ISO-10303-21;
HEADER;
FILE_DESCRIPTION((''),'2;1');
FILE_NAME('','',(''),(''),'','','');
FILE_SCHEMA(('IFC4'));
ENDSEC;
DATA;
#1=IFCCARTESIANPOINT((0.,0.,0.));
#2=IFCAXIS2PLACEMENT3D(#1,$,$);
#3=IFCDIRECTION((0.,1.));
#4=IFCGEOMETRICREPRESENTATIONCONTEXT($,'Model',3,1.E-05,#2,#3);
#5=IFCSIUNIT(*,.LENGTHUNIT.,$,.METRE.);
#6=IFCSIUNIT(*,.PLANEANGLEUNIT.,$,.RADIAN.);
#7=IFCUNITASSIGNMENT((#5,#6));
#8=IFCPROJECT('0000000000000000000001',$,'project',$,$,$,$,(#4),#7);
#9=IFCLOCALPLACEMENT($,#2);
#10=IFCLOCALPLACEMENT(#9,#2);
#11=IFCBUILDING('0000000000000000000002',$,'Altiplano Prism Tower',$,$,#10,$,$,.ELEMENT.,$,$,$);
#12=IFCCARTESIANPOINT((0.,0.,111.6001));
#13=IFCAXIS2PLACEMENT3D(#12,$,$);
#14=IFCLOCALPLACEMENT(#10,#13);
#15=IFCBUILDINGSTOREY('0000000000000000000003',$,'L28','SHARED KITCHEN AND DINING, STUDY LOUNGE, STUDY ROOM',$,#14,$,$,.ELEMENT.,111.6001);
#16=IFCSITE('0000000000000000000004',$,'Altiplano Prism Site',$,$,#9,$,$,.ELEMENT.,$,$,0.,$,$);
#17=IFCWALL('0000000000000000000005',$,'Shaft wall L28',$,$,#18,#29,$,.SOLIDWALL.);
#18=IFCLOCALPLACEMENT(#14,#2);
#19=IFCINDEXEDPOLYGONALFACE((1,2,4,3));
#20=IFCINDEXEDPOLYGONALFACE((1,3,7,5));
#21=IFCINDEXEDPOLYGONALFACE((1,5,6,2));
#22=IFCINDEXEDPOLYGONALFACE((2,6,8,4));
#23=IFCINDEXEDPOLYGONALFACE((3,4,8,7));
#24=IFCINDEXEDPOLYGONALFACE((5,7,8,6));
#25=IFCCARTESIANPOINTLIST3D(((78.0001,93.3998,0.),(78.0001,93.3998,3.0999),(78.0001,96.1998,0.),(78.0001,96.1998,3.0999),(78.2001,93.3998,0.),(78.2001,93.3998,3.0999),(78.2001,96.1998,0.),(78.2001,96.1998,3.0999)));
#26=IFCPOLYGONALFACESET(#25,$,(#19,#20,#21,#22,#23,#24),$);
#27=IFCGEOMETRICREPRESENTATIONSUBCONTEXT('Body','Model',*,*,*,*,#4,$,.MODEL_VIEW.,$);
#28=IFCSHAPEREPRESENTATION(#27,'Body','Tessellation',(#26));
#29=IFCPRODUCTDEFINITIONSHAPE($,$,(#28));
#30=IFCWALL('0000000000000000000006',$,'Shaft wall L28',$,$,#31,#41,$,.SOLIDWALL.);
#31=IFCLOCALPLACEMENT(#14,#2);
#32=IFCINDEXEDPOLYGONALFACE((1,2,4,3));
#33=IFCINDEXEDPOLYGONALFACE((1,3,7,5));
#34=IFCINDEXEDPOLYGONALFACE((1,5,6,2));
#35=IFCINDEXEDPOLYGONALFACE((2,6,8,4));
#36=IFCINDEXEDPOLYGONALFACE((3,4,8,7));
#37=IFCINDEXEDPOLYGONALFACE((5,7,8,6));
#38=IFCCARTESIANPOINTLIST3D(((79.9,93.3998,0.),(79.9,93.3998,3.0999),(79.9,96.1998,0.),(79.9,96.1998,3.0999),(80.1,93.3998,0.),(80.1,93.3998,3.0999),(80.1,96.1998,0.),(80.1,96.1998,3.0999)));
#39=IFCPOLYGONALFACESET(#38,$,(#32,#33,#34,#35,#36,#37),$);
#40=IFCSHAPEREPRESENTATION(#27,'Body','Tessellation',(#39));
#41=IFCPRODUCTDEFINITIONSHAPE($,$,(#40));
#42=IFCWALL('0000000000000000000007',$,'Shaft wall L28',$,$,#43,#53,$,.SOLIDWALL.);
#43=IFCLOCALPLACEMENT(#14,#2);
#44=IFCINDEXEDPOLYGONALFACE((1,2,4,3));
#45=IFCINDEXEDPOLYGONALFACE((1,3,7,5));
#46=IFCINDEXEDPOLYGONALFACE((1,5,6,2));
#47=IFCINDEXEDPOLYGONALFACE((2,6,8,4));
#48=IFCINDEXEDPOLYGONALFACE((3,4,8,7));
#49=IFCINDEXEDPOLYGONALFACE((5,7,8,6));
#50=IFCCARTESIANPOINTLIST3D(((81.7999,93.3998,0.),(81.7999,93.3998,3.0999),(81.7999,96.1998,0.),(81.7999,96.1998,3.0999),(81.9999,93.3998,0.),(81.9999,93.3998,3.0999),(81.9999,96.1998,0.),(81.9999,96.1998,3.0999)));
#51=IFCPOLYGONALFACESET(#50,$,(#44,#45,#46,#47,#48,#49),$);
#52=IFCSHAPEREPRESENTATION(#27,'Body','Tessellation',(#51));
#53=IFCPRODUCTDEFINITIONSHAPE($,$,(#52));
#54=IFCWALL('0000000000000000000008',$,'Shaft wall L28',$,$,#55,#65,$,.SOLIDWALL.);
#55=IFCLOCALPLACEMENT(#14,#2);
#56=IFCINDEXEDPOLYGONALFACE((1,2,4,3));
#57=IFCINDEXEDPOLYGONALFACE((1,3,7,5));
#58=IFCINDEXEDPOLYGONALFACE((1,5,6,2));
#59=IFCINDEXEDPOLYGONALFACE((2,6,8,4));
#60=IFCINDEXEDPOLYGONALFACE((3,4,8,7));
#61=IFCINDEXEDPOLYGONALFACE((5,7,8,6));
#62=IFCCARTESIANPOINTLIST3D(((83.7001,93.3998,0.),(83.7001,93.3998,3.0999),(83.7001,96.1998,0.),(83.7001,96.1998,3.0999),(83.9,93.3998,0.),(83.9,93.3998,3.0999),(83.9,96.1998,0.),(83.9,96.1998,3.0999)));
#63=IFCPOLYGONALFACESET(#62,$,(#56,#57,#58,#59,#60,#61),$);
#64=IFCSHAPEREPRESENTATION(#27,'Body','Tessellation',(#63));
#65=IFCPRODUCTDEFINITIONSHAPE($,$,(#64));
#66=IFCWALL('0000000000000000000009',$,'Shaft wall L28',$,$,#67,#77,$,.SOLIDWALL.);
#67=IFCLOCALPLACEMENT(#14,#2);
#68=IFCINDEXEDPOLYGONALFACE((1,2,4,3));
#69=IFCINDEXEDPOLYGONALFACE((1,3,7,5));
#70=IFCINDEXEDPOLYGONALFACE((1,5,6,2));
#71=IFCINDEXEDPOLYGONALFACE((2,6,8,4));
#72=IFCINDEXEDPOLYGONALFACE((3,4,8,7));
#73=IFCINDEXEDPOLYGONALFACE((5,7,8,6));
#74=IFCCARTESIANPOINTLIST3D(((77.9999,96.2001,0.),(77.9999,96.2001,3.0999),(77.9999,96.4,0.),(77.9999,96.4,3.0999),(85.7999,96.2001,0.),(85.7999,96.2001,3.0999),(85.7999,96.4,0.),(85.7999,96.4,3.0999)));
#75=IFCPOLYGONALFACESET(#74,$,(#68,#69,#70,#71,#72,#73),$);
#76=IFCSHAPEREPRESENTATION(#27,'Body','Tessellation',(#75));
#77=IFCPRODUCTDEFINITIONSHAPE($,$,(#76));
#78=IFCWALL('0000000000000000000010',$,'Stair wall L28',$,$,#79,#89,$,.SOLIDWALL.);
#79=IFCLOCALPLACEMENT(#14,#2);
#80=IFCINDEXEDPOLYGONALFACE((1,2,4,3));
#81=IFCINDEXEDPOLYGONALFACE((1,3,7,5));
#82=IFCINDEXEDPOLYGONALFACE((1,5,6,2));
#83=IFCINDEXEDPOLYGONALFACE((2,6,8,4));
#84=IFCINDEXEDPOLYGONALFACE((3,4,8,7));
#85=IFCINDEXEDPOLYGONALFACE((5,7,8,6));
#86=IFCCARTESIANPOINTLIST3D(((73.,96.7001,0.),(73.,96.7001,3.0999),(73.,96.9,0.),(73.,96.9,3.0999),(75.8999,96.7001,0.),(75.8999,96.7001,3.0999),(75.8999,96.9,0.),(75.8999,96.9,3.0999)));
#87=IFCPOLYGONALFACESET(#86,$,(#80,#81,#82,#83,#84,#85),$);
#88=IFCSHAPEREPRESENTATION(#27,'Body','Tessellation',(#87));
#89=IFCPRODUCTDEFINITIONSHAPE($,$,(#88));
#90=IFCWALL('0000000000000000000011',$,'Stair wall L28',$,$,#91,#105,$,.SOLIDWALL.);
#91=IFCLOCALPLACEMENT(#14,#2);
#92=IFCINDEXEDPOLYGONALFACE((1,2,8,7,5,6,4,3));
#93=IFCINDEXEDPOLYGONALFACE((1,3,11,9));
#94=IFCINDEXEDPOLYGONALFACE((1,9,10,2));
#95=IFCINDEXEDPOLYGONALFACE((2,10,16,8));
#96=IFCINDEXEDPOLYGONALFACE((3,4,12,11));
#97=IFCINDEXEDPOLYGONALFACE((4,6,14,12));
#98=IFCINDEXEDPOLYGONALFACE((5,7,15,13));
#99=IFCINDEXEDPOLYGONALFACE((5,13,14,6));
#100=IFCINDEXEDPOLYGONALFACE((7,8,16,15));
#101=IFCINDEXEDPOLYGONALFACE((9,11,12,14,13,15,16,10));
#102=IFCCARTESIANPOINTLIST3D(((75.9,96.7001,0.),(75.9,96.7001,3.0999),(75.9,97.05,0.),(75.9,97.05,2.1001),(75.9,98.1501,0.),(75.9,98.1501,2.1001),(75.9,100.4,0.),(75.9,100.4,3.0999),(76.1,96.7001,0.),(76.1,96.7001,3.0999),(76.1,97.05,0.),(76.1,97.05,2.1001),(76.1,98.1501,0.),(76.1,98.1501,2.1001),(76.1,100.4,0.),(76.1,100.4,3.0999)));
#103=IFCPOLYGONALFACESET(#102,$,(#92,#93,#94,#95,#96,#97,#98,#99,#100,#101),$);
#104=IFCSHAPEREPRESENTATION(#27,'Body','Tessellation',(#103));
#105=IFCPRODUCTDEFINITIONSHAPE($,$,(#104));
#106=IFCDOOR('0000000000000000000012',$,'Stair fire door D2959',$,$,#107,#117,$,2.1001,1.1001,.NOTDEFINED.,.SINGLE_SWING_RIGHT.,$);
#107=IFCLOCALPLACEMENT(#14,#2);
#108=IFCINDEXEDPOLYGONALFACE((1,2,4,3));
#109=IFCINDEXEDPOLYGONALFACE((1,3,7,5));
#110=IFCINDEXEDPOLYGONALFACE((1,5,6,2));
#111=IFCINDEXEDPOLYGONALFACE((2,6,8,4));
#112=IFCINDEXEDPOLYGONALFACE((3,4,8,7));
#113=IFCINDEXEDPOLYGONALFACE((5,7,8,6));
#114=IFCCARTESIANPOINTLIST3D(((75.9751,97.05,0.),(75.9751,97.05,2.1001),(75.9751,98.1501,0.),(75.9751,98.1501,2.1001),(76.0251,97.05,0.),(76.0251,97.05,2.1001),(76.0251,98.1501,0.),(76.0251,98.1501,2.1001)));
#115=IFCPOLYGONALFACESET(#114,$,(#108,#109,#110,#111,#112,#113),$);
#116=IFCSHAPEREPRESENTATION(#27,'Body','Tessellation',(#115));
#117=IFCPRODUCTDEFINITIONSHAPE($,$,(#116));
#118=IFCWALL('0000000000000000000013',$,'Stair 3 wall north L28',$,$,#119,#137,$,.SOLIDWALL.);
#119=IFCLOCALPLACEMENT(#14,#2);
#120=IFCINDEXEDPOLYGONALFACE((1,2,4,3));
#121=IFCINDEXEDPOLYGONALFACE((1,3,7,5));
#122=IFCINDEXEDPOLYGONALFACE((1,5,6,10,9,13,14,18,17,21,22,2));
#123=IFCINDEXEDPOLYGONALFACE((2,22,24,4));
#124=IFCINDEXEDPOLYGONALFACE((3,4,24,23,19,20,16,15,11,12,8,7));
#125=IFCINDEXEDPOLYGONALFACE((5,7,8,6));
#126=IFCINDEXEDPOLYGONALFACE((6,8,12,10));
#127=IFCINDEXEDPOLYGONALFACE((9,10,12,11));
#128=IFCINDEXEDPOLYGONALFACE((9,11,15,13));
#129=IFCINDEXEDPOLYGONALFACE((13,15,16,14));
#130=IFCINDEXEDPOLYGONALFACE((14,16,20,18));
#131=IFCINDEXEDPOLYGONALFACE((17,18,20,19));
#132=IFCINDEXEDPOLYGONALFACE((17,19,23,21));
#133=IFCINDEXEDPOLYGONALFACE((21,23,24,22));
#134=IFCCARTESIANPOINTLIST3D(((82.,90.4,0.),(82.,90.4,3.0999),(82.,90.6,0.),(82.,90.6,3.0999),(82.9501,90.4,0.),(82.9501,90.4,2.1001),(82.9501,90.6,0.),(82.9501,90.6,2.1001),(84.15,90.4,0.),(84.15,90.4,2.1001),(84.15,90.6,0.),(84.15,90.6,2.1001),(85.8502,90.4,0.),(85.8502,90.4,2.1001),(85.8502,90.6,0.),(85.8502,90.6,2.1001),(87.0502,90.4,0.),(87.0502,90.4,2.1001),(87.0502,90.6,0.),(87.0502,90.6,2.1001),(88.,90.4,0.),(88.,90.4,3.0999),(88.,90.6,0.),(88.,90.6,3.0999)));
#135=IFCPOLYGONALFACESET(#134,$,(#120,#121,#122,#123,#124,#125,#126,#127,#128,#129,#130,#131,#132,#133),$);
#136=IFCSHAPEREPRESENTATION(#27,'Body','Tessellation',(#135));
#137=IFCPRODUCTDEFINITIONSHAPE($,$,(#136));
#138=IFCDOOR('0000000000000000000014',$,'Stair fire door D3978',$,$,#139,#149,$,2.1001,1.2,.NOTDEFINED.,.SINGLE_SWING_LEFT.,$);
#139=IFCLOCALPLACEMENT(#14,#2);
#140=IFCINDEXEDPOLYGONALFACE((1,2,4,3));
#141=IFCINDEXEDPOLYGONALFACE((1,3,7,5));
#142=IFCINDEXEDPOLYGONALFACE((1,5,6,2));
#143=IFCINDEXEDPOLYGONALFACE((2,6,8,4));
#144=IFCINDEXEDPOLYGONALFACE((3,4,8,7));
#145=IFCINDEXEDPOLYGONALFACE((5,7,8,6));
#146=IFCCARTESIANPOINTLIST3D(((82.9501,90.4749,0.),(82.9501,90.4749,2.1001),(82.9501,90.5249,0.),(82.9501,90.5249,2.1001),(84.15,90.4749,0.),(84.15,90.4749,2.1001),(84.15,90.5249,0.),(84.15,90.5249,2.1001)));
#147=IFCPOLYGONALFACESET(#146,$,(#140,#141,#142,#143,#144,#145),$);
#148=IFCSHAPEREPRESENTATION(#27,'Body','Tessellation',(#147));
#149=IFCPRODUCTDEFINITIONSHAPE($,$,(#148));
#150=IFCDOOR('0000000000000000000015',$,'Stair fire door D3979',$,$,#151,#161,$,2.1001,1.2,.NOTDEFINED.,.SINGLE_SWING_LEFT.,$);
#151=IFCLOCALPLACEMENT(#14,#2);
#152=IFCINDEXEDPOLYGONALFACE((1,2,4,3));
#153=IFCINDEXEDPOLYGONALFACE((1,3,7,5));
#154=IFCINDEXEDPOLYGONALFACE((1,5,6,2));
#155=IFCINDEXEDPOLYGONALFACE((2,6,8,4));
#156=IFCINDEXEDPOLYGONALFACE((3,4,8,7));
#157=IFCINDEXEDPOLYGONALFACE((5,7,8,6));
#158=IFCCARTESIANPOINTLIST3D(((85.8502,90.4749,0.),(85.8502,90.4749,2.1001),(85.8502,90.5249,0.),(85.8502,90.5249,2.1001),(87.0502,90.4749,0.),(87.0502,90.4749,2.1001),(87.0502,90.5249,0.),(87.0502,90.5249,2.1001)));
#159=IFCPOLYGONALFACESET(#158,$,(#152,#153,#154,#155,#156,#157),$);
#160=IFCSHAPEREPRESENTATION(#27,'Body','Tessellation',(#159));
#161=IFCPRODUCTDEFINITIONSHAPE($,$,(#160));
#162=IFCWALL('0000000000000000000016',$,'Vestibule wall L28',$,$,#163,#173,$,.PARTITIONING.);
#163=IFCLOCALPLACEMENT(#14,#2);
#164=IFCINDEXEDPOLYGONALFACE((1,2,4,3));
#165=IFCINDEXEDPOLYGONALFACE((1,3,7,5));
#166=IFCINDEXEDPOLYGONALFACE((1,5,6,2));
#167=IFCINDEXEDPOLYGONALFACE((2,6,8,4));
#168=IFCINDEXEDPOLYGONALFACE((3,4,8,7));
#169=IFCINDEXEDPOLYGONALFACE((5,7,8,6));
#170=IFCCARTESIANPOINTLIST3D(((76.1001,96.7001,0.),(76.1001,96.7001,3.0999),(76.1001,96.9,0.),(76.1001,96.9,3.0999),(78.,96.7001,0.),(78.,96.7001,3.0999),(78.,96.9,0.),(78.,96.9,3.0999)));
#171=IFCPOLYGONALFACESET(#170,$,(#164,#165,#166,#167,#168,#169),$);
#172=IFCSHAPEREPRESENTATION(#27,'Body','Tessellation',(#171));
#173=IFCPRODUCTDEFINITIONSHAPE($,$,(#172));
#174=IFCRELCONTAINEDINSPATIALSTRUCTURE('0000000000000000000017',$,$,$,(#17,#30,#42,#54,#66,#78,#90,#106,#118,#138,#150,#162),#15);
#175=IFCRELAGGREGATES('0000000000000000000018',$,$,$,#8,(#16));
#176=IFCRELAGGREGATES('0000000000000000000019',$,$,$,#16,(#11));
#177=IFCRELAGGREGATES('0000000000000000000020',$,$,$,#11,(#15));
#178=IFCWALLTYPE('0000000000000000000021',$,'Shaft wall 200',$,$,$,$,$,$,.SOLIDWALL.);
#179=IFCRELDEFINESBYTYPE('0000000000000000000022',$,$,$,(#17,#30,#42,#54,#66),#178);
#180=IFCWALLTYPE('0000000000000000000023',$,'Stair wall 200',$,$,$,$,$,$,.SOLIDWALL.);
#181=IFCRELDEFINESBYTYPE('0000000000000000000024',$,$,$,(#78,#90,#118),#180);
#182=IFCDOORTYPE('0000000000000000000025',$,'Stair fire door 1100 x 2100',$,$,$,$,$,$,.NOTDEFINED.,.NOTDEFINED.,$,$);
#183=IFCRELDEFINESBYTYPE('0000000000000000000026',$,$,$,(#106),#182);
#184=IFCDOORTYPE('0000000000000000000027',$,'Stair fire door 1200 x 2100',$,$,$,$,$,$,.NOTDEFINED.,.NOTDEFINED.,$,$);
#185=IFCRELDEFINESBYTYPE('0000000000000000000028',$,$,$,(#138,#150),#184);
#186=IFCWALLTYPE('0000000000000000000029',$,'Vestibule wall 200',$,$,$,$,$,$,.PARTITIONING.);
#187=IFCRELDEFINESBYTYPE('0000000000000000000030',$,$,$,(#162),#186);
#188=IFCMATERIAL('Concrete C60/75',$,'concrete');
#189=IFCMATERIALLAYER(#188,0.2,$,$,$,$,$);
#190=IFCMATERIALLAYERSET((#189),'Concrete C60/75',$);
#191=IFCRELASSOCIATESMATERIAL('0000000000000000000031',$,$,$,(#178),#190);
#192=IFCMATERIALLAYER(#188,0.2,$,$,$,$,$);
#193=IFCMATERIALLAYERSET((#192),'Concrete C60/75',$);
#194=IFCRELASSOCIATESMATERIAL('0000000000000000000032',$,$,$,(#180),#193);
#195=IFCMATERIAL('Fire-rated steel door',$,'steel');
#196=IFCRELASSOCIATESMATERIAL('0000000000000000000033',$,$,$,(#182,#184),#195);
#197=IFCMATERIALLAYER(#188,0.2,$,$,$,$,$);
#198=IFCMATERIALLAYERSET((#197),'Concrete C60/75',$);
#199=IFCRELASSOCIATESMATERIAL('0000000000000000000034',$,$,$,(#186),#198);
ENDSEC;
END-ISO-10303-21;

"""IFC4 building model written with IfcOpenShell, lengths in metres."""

from ifc_helpers import new_model, si_unit, direction, frame, frame_2d, origin, place, context, subcontext, project, spatial, rectangle, extrude, material, layer, layer_set, type_object, element, fill, save


model = new_model("IFC4")

# Units and contexts
model_context = context("Model", 3, precision=1e-05, world=origin(), true_north=direction((0.0, 1.0)))
body_context = subcontext(model_context, "Body", "Model", "MODEL_VIEW")
ifc_project = project(units=[si_unit("LENGTHUNIT", "METRE"), si_unit("PLANEANGLEUNIT", "RADIAN")], contexts=[model_context])

# Site, building, storey
site_placement = place(None, origin())
site = spatial("IfcSite", under=ifc_project, at=site_placement, Name="Altiplano Prism Site", CompositionType="ELEMENT", RefElevation=0.0)
building_placement = place(site_placement, origin())
building = spatial("IfcBuilding", under=site, at=building_placement, Name="Altiplano Prism Tower", CompositionType="ELEMENT")
storey_placement = place(building_placement, frame((0.0, 0.0, 111.6001)))
storey = spatial("IfcBuildingStorey", under=building, at=storey_placement, Name="L28", Description="SHARED KITCHEN AND DINING, STUDY LOUNGE, STUDY ROOM", CompositionType="ELEMENT", Elevation=111.6001)

# Shared definitions
ifc_material_1 = material(Name="Fire-rated steel door", Category="steel")

# Walls
ifc_material_2 = material(Name="Concrete C60/75", Category="concrete")
ifc_layer_1 = layer(ifc_material_2, 0.2)
ifc_layer_set_1 = layer_set([ifc_layer_1], Name="Concrete C60/75")
wall_type_1 = type_object("IfcWallType", Name="Shaft wall 200", PredefinedType="SOLIDWALL", material=ifc_layer_set_1)
for number, where, z_axis, x_axis, name in (
    (1, (78.1001, 93.3999, 0.0), (0.0, 0.0, 1.0), (0.0, 1.0, 0.0), "Shaft wall L28"),
    (2, (80.0, 93.3999, 0.0), (0.0, 0.0, 1.0), (0.0, 1.0, 0.0), "Shaft wall L28"),
    (3, (81.8999, 93.3999, 0.0), (0.0, 0.0, 1.0), (0.0, 1.0, 0.0), "Shaft wall L28"),
    (4, (83.8, 93.3999, 0.0), (0.0, 0.0, 1.0), (0.0, 1.0, 0.0), "Shaft wall L28"),
):
    element("IfcWall", number, at=place(storey_placement, frame(where, z_axis=z_axis, x_axis=x_axis)), inside=storey, type_object=wall_type_1, Name=name, PredefinedType="SOLIDWALL", context=body_context, shape_type="SweptSolid", body=[
        extrude(rectangle(XDim=2.8, YDim=0.2, at=frame_2d((1.3999, 0.0))), origin(), (0.0, 0.0, 1.0), 3.0999),
    ])
wall_1_placement = place(storey_placement, frame((78.0, 96.3, 0.0), z_axis=(0.0, 0.0, 1.0), x_axis=(1.0, 0.0, 0.0)))
element("IfcWall", 5, at=wall_1_placement, inside=storey, type_object=wall_type_1, Name="Shaft wall L28", PredefinedType="SOLIDWALL", context=body_context, shape_type="SweptSolid", body=[
    extrude(rectangle(XDim=7.8, YDim=0.2, at=frame_2d((3.8999, 0.0))), origin(), (0.0, 0.0, 1.0), 3.0999),
])
ifc_layer_2 = layer(ifc_material_2, 0.2)
ifc_layer_set_2 = layer_set([ifc_layer_2], Name="Concrete C60/75")
wall_type_2 = type_object("IfcWallType", Name="Stair wall 200", PredefinedType="SOLIDWALL", material=ifc_layer_set_2)
wall_2_placement = place(storey_placement, frame((73.0, 96.8, 0.0), z_axis=(0.0, 0.0, 1.0), x_axis=(1.0, 0.0, 0.0)))
element("IfcWall", 6, at=wall_2_placement, inside=storey, type_object=wall_type_2, Name="Stair wall L28", PredefinedType="SOLIDWALL", context=body_context, shape_type="SweptSolid", body=[
    extrude(rectangle(XDim=2.8999, YDim=0.2, at=frame_2d((1.45, 0.0))), origin(), (0.0, 0.0, 1.0), 3.0999),
])

# Wall, opening, door
wall_3_placement = place(storey_placement, frame((76.0, 96.7, 0.0), z_axis=(0.0, 0.0, 1.0), x_axis=(0.0, 1.0, 0.0)))
wall_3 = element("IfcWall", 7, at=wall_3_placement, inside=storey, type_object=wall_type_2, Name="Stair wall L28", PredefinedType="SOLIDWALL", context=body_context, shape_type="SweptSolid", body=[
    extrude(rectangle(XDim=3.7, YDim=0.2, at=frame_2d((1.8501, 0.0))), origin(), (0.0, 0.0, 1.0), 3.0999),
])
opening_1_placement = place(wall_3_placement, frame((0.3501, 0.0, 0.0)))
opening_1 = element("IfcOpeningElement", 8, at=opening_1_placement, cuts=wall_3, PredefinedType="OPENING", context=body_context, shape_type="SweptSolid", body=[
    extrude(rectangle(XDim=1.1001, YDim=2.1001, at=frame_2d((0.55, 1.05))), frame((0.0, 0.1104, 0.0), z_axis=(0.0, -1.0, 0.0), x_axis=(1.0, 0.0, 0.0)), (0.0, 0.0, 1.0), 0.2209),
])
door_type_1 = type_object("IfcDoorType", Name="Stair fire door 1100 x 2100", OperationType="NOTDEFINED", PredefinedType="NOTDEFINED", material=ifc_material_1)
door_1_placement = place(opening_1_placement, origin())
door_1 = element("IfcDoor", 9, at=door_1_placement, inside=storey, type_object=door_type_1, Name="Stair fire door D2959", OperationType="SINGLE_SWING_RIGHT", OverallHeight=2.1001, OverallWidth=1.1001, PredefinedType="NOTDEFINED", context=body_context, shape_type="SweptSolid", body=[
    extrude(rectangle(XDim=1.1001, YDim=2.1001, at=frame_2d((0.55, 1.05))), frame((0.0, 0.0249, 0.0), z_axis=(0.0, -1.0, 0.0), x_axis=(1.0, 0.0, 0.0)), (0.0, 0.0, 1.0), 0.05),
])
fill(opening_1, door_1)

# Wall, openings, doors
wall_4_placement = place(storey_placement, frame((82.0, 90.5, 0.0), z_axis=(0.0, 0.0, 1.0), x_axis=(1.0, 0.0, 0.0)))
wall_4 = element("IfcWall", 10, at=wall_4_placement, inside=storey, type_object=wall_type_2, Name="Stair 3 wall north L28", PredefinedType="SOLIDWALL", context=body_context, shape_type="SweptSolid", body=[
    extrude(rectangle(XDim=6.0, YDim=0.2, at=frame_2d((3.0, 0.0))), origin(), (0.0, 0.0, 1.0), 3.0999),
])
opening_2_placement = place(wall_4_placement, frame((0.95, 0.0, 0.0)))
opening_2 = element("IfcOpeningElement", 11, at=opening_2_placement, cuts=wall_4, PredefinedType="OPENING", context=body_context, shape_type="SweptSolid", body=[
    extrude(rectangle(XDim=1.2, YDim=2.1001, at=frame_2d((0.6001, 1.05))), frame((0.0, 0.1104, 0.0), z_axis=(0.0, -1.0, 0.0), x_axis=(1.0, 0.0, 0.0)), (0.0, 0.0, 1.0), 0.2209),
])
opening_3_placement = place(wall_4_placement, frame((3.8501, 0.0, 0.0)))
opening_3 = element("IfcOpeningElement", 12, at=opening_3_placement, cuts=wall_4, PredefinedType="OPENING", context=body_context, shape_type="SweptSolid", body=[
    extrude(rectangle(XDim=1.2, YDim=2.1001, at=frame_2d((0.6001, 1.05))), frame((0.0, 0.1104, 0.0), z_axis=(0.0, -1.0, 0.0), x_axis=(1.0, 0.0, 0.0)), (0.0, 0.0, 1.0), 0.2209),
])
door_type_2 = type_object("IfcDoorType", Name="Stair fire door 1200 x 2100", OperationType="NOTDEFINED", PredefinedType="NOTDEFINED", material=ifc_material_1)
door_2_placement = place(opening_2_placement, origin())
door_2 = element("IfcDoor", 13, at=door_2_placement, inside=storey, type_object=door_type_2, Name="Stair fire door D3978", OperationType="SINGLE_SWING_LEFT", OverallHeight=2.1001, OverallWidth=1.2, PredefinedType="NOTDEFINED", context=body_context, shape_type="SweptSolid", body=[
    extrude(rectangle(XDim=1.2, YDim=2.1001, at=frame_2d((0.6001, 1.05))), frame((0.0, 0.0249, 0.0), z_axis=(0.0, -1.0, 0.0), x_axis=(1.0, 0.0, 0.0)), (0.0, 0.0, 1.0), 0.05),
])
fill(opening_2, door_2)
door_3_placement = place(opening_3_placement, origin())
door_3 = element("IfcDoor", 14, at=door_3_placement, inside=storey, type_object=door_type_2, Name="Stair fire door D3979", OperationType="SINGLE_SWING_LEFT", OverallHeight=2.1001, OverallWidth=1.2, PredefinedType="NOTDEFINED", context=body_context, shape_type="SweptSolid", body=[
    extrude(rectangle(XDim=1.2, YDim=2.1001, at=frame_2d((0.6001, 1.05))), frame((0.0, 0.0249, 0.0), z_axis=(0.0, -1.0, 0.0), x_axis=(1.0, 0.0, 0.0)), (0.0, 0.0, 1.0), 0.05),
])
fill(opening_3, door_3)

# Wall
ifc_layer_3 = layer(ifc_material_2, 0.2)
ifc_layer_set_3 = layer_set([ifc_layer_3], Name="Concrete C60/75")
wall_type_3 = type_object("IfcWallType", Name="Vestibule wall 200", PredefinedType="PARTITIONING", material=ifc_layer_set_3)
wall_5_placement = place(storey_placement, frame((76.1001, 96.8, 0.0), z_axis=(0.0, 0.0, 1.0), x_axis=(1.0, 0.0, 0.0)))
element("IfcWall", 15, at=wall_5_placement, inside=storey, type_object=wall_type_3, Name="Vestibule wall L28", PredefinedType="PARTITIONING", context=body_context, shape_type="SweptSolid", body=[
    extrude(rectangle(XDim=1.8999, YDim=0.2, at=frame_2d((0.95, 0.0))), origin(), (0.0, 0.0, 1.0), 3.0999),
])

save(model, "model.ifc")
